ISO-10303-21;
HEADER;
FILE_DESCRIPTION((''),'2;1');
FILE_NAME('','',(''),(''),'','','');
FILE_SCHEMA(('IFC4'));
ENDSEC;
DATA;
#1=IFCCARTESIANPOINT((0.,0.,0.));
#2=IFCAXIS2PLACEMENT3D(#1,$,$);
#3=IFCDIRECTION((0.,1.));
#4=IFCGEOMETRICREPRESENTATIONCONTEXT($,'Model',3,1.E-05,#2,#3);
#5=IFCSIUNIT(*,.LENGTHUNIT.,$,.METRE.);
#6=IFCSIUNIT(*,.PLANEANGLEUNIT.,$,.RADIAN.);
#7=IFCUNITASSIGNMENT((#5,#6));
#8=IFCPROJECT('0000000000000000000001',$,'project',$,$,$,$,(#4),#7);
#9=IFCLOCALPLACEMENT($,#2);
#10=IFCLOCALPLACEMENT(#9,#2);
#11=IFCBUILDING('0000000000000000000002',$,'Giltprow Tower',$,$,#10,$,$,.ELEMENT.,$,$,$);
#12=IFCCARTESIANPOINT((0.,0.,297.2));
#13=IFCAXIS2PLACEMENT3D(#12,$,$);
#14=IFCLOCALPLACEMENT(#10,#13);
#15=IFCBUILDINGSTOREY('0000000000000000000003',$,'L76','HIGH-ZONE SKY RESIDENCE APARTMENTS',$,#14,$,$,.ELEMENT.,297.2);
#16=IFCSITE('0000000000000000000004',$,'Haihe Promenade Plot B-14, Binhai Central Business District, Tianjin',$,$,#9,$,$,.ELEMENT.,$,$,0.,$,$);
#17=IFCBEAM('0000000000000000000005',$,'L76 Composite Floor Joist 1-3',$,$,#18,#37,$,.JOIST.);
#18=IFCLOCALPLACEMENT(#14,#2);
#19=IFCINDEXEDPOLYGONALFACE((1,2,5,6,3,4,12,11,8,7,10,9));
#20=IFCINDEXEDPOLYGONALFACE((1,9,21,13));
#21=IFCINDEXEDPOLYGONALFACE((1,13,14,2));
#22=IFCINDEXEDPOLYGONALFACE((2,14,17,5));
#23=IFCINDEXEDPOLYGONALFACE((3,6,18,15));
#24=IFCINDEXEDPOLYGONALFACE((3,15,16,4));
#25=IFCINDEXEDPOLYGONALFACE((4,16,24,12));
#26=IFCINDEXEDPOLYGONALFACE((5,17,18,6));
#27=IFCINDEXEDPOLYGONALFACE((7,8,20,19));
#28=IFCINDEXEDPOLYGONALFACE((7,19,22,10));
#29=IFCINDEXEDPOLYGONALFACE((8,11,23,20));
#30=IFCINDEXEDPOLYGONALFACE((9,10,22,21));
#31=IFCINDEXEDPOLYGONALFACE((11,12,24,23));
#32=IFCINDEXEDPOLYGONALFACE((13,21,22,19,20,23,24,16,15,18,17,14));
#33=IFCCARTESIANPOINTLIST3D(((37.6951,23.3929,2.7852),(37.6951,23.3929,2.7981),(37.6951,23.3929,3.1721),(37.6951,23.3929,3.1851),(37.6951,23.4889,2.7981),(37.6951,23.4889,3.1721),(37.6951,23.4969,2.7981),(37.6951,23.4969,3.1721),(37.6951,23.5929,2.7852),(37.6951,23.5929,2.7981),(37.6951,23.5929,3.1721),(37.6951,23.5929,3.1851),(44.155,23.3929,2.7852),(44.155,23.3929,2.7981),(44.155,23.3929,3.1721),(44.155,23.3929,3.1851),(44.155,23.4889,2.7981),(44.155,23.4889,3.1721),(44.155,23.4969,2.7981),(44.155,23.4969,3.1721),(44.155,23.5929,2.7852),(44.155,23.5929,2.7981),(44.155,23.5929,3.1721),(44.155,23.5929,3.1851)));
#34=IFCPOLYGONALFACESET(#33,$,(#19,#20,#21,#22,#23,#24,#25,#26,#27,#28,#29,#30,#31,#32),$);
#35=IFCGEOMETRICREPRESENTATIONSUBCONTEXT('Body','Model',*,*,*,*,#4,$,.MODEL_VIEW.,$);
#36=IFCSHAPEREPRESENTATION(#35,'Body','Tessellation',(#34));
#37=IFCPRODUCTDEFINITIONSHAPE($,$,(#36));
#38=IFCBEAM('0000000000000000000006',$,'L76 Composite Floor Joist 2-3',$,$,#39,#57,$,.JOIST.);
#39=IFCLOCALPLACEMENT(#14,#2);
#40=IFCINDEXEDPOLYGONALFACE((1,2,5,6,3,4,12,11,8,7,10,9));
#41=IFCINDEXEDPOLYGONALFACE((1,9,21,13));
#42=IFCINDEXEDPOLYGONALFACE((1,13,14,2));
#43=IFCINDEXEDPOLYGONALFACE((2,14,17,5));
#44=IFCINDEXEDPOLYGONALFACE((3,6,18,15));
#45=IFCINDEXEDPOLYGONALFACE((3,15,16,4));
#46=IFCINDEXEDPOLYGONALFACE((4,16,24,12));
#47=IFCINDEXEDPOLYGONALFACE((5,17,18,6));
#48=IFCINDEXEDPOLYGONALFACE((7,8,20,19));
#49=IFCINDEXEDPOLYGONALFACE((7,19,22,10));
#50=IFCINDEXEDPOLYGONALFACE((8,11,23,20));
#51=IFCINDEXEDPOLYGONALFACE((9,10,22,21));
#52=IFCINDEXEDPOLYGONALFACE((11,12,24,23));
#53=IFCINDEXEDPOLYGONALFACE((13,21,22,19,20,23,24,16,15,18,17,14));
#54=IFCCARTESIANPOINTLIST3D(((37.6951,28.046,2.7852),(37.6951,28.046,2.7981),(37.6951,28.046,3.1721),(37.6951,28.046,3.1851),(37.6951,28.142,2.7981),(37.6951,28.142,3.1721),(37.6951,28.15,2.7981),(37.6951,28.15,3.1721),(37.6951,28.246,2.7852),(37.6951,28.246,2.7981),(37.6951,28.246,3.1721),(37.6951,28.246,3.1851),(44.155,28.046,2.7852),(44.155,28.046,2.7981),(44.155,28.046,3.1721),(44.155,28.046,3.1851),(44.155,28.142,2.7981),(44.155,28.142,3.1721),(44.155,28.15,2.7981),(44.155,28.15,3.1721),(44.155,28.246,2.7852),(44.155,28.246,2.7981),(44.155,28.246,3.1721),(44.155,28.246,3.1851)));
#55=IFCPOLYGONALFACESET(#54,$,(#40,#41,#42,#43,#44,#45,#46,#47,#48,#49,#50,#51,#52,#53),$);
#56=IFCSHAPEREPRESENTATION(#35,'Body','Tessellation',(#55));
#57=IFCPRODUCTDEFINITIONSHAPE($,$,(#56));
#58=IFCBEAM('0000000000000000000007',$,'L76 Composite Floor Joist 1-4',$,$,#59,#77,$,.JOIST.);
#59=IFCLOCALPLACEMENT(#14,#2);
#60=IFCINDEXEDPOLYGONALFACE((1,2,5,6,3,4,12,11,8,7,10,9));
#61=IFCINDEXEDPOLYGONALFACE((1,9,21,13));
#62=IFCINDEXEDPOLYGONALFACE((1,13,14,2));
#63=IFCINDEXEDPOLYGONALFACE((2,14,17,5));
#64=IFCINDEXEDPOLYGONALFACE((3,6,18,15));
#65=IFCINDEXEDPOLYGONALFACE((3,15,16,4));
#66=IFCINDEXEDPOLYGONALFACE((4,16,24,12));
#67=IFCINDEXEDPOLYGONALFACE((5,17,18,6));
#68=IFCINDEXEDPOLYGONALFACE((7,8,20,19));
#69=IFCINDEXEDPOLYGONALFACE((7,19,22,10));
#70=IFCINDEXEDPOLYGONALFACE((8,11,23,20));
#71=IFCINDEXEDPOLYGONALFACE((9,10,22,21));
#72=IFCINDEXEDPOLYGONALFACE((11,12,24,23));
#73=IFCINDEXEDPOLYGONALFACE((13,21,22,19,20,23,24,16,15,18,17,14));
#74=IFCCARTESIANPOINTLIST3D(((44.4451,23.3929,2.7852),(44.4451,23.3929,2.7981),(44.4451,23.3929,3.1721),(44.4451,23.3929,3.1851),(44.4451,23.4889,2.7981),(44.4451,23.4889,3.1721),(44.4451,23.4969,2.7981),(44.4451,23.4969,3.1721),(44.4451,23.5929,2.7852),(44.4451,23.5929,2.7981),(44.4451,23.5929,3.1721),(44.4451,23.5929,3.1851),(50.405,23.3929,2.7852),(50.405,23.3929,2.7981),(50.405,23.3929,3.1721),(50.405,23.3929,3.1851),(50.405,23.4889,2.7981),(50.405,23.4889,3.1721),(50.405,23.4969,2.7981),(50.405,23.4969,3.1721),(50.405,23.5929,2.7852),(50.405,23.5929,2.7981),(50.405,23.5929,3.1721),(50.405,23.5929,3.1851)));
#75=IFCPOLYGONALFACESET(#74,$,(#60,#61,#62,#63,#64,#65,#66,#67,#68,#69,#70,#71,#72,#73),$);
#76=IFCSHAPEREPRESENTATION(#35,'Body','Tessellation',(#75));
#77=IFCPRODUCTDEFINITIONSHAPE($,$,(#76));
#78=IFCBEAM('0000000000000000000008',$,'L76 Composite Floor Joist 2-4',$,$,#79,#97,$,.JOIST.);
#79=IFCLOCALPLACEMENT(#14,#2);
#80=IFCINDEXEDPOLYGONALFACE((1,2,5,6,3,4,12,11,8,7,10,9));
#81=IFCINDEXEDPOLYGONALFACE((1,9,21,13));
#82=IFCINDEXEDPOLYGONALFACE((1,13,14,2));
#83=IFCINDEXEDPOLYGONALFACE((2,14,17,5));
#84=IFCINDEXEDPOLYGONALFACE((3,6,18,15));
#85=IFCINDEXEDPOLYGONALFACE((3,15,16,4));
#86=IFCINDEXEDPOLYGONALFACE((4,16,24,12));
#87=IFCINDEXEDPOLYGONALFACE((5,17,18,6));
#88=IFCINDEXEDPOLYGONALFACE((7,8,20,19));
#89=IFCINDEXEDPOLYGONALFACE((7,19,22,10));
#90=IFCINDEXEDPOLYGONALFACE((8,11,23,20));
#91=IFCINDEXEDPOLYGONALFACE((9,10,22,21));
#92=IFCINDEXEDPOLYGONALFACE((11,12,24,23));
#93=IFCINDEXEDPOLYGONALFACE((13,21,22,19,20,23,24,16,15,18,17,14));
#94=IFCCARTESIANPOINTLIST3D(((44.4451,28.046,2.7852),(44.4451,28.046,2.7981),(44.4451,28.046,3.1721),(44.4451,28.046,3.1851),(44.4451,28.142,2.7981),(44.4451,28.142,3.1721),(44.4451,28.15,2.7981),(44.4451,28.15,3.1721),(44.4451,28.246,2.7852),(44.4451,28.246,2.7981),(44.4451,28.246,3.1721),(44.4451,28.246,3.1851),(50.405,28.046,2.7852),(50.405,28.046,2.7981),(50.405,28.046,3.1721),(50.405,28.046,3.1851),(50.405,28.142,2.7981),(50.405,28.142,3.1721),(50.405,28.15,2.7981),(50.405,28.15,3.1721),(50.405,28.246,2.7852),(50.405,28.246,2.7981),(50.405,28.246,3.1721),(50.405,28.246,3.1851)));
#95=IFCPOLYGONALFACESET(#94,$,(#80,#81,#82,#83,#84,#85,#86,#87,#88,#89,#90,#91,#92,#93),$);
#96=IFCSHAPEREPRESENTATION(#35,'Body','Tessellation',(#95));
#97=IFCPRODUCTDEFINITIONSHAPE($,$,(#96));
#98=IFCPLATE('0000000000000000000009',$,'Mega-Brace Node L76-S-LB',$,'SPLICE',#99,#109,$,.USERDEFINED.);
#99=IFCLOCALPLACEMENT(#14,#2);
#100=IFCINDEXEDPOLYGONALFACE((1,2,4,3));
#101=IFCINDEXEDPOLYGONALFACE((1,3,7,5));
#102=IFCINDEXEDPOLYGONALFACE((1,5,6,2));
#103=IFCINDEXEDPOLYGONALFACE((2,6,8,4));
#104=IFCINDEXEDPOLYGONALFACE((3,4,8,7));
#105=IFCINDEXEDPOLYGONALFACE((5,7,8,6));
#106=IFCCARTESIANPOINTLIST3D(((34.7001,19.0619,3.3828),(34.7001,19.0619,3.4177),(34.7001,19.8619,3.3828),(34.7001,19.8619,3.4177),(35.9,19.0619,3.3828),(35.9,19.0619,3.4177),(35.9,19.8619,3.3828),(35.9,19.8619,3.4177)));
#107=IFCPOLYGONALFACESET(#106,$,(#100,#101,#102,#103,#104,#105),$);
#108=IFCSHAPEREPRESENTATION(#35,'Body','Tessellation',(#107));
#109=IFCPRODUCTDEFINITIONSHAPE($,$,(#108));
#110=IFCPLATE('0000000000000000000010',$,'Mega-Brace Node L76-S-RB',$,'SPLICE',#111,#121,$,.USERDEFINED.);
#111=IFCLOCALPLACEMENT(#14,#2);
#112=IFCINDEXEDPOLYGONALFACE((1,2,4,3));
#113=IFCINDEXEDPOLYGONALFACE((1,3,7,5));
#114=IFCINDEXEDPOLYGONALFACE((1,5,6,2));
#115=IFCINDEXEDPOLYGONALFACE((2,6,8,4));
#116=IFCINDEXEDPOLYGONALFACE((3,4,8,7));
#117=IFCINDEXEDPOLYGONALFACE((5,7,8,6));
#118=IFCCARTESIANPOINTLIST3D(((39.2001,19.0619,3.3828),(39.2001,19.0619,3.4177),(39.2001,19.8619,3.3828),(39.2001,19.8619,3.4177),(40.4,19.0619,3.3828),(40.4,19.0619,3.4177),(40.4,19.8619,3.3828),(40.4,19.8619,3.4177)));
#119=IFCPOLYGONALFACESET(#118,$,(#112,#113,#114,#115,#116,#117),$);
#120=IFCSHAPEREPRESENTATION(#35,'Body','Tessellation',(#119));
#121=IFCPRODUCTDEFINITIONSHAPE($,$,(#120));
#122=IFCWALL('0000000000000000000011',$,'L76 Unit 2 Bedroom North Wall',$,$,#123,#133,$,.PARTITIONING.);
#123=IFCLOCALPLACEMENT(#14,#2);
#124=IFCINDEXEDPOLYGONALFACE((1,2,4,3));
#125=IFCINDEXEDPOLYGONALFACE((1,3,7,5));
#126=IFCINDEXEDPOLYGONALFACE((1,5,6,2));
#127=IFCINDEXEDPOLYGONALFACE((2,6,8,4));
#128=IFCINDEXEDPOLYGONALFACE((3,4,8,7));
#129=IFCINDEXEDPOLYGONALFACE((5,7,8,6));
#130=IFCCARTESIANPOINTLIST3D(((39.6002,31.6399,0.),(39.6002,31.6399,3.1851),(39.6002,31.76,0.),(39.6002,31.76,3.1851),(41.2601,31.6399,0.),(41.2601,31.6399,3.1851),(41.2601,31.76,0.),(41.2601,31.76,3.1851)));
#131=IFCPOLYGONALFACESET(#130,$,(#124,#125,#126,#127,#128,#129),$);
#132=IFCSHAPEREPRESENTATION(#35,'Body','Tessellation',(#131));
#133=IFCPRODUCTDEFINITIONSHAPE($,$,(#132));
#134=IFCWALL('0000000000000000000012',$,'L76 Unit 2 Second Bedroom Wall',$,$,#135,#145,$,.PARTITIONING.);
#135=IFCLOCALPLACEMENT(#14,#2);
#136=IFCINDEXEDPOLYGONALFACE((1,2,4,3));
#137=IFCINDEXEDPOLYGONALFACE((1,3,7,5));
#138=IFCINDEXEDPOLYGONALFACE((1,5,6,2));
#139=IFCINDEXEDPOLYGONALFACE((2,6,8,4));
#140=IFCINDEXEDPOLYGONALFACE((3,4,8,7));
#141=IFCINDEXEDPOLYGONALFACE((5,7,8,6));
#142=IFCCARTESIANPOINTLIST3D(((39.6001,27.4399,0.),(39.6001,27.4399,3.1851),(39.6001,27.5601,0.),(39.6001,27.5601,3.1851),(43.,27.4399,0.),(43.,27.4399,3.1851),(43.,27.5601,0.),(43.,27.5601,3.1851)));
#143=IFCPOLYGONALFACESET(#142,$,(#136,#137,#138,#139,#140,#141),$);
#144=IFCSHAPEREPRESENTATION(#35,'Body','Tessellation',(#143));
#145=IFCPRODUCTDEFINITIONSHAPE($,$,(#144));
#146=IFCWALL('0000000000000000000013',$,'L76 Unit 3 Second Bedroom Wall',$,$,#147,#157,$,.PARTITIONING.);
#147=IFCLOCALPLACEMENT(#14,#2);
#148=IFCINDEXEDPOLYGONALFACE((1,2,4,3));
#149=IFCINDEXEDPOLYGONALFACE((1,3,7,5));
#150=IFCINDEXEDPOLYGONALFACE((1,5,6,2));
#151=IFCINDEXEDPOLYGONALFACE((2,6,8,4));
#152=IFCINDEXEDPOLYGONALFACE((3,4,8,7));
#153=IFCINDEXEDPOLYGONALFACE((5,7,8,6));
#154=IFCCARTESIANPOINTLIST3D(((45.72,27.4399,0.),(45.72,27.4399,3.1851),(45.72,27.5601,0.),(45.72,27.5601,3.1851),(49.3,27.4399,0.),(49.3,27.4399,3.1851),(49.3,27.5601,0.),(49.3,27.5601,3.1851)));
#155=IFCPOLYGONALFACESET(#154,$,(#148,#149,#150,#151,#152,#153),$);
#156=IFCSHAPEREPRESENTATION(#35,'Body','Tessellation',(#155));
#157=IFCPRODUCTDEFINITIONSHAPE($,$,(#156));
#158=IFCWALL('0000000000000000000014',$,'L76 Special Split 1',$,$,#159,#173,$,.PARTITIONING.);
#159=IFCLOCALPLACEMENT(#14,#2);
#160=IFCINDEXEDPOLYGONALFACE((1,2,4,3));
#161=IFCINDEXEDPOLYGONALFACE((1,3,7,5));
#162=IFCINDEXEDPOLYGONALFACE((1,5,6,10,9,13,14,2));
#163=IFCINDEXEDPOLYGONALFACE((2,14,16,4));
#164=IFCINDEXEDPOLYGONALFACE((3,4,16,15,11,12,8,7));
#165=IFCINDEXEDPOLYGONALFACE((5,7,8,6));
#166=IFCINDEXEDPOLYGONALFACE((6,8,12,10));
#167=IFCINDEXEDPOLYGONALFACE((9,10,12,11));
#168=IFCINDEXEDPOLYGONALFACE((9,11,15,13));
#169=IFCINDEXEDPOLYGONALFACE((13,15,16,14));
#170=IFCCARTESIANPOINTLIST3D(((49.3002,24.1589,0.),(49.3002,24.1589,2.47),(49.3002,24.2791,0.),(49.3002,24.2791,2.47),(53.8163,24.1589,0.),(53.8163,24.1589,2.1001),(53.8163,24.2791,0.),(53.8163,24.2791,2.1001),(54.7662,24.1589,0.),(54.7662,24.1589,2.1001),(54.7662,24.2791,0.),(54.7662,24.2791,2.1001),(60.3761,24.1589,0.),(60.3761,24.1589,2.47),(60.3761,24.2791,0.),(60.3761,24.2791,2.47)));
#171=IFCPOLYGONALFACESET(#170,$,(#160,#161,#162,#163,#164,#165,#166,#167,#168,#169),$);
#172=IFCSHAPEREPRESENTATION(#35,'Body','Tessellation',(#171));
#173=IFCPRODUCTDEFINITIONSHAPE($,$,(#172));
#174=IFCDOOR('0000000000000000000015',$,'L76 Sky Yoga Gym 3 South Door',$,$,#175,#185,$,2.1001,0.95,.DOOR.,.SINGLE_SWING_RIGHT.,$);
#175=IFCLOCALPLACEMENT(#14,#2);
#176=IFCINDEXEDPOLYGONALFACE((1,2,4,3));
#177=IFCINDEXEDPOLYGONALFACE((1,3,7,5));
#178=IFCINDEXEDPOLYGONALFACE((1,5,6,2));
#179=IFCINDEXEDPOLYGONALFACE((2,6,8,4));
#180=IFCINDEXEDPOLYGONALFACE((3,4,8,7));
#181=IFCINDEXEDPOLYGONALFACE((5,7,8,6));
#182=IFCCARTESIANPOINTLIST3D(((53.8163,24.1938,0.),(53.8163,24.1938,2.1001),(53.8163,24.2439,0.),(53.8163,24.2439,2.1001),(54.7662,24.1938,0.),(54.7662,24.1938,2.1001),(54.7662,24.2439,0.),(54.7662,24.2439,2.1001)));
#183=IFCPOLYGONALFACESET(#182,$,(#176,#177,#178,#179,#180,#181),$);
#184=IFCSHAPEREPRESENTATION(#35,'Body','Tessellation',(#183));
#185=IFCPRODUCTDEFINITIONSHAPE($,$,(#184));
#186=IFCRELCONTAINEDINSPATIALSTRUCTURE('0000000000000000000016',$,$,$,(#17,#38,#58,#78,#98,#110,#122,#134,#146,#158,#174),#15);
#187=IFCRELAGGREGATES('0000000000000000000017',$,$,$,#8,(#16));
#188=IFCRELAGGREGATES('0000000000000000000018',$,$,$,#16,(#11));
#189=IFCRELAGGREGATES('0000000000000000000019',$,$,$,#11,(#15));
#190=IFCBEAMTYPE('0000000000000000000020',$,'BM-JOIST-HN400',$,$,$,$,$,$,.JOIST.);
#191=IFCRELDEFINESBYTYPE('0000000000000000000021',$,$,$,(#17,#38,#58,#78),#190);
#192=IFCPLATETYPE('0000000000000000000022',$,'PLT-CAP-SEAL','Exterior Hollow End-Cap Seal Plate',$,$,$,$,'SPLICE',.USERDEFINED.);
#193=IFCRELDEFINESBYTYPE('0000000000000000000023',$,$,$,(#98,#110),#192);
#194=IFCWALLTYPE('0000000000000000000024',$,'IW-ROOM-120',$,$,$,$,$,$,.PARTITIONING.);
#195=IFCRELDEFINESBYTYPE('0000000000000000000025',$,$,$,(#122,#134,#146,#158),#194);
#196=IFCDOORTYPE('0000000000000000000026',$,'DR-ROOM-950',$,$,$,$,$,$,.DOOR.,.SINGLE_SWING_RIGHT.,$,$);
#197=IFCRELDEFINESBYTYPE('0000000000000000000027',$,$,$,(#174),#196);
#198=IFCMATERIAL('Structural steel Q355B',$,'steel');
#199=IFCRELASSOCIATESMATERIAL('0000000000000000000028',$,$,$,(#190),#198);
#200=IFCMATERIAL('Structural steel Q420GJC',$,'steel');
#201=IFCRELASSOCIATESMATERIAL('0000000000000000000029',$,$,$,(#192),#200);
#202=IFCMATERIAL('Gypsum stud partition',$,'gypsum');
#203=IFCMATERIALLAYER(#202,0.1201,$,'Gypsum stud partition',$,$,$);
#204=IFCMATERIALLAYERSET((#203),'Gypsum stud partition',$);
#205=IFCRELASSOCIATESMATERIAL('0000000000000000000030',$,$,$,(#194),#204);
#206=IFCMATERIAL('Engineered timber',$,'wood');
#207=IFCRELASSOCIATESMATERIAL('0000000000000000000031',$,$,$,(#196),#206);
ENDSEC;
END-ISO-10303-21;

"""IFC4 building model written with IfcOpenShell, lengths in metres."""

from ifc_helpers import new_model, si_unit, direction, frame, frame_2d, origin, origin_2d, place, context, subcontext, project, spatial, rectangle, i_section, extrude, source, transform, mapped, material, layer, layer_set, material_profile, profile_set, type_object, element, fill, save


model = new_model("IFC4")

# Units and contexts
model_context = context("Model", 3, precision=1e-05, world=origin(), true_north=direction((0.0, 1.0)))
body_context = subcontext(model_context, "Body", "Model", "MODEL_VIEW")
ifc_project = project(units=[si_unit("LENGTHUNIT", "METRE"), si_unit("PLANEANGLEUNIT", "RADIAN")], contexts=[model_context])

# Site, building, storey
site_placement = place(None, origin())
site = spatial("IfcSite", under=ifc_project, at=site_placement, Name="Haihe Promenade Plot B-14, Binhai Central Business District, Tianjin", CompositionType="ELEMENT", RefElevation=0.0)
building_placement = place(site_placement, origin())
building = spatial("IfcBuilding", under=site, at=building_placement, Name="Giltprow Tower", CompositionType="ELEMENT")
storey_placement = place(building_placement, frame((0.0, 0.0, 297.2)))
storey = spatial("IfcBuildingStorey", under=building, at=storey_placement, Name="L76", Description="HIGH-ZONE SKY RESIDENCE APARTMENTS", CompositionType="ELEMENT", Elevation=297.2)

# Beams
ifc_material_1 = material(Name="Structural steel Q355B", Category="steel")
ifc_material_profile = material_profile(ifc_material_1, i_section(OverallWidth=0.2, OverallDepth=0.3999, WebThickness=0.0081, FlangeThickness=0.0129, at=origin_2d()), Name="HN 400x200x8x13")
ifc_profile_set = profile_set([ifc_material_profile], Name="Structural steel Q355B")
beam_type = type_object("IfcBeamType", Name="BM-JOIST-HN400", PredefinedType="JOIST", material=ifc_profile_set)
shared_shape_1 = source(origin(), body_context, "Body", "SweptSolid", [
    extrude(i_section(OverallWidth=0.2, OverallDepth=0.3999, WebThickness=0.0081, FlangeThickness=0.0129, at=origin_2d()), origin(), (0.0, 0.0, 1.0), 6.46),
])
for number, where, z_axis, x_axis, name in (
    (1, (37.6951, 23.4929, 2.9851), (1.0, 0.0, 0.0), (0.0, 1.0, 0.0), "L76 Composite Floor Joist 1-3"),
    (2, (37.6951, 28.146, 2.9851), (1.0, 0.0, 0.0), (0.0, 1.0, 0.0), "L76 Composite Floor Joist 2-3"),
):
    element("IfcBeam", number, at=place(storey_placement, frame(where, z_axis=z_axis, x_axis=x_axis)), inside=storey, type_object=beam_type, Name=name, PredefinedType="JOIST", context=body_context, shape_type="MappedRepresentation", body=[
        mapped(shared_shape_1, transform((0.0, 0.0, 0.0), x_axis=(1.0, 0.0, 0.0), y_axis=(0.0, 1.0, 0.0), z_axis=(0.0, 0.0, 1.0), scale=1.0)),
    ])
shared_shape_2 = source(origin(), body_context, "Body", "SweptSolid", [
    extrude(i_section(OverallWidth=0.2, OverallDepth=0.3999, WebThickness=0.0081, FlangeThickness=0.0129, at=origin_2d()), origin(), (0.0, 0.0, 1.0), 5.96),
])
for number, where, z_axis, x_axis, name in (
    (3, (44.4451, 23.4929, 2.9851), (1.0, 0.0, 0.0), (0.0, 1.0, 0.0), "L76 Composite Floor Joist 1-4"),
    (4, (44.4451, 28.146, 2.9851), (1.0, 0.0, 0.0), (0.0, 1.0, 0.0), "L76 Composite Floor Joist 2-4"),
):
    element("IfcBeam", number, at=place(storey_placement, frame(where, z_axis=z_axis, x_axis=x_axis)), inside=storey, type_object=beam_type, Name=name, PredefinedType="JOIST", context=body_context, shape_type="MappedRepresentation", body=[
        mapped(shared_shape_2, transform((0.0, 0.0, 0.0), x_axis=(1.0, 0.0, 0.0), y_axis=(0.0, 1.0, 0.0), z_axis=(0.0, 0.0, 1.0), scale=1.0)),
    ])

# Plates
ifc_material_2 = material(Name="Structural steel Q420GJC", Category="steel")
plate_type = type_object("IfcPlateType", Name="PLT-CAP-SEAL", Description="Exterior Hollow End-Cap Seal Plate", ElementType="SPLICE", PredefinedType="USERDEFINED", material=ifc_material_2)
shared_shape_3 = source(origin(), body_context, "Body", "SweptSolid", [
    extrude(rectangle(XDim=1.2, YDim=0.8, at=origin_2d()), origin(), (0.0, 0.0, 1.0), 0.0349),
])
for number, where, z_axis, x_axis, name in (
    (5, (35.3, 19.4619, 3.3828), (0.0, 0.0, 1.0), (1.0, 0.0, 0.0), "Mega-Brace Node L76-S-LB"),
    (6, (39.8, 19.4619, 3.3828), (0.0, 0.0, 1.0), (1.0, 0.0, 0.0), "Mega-Brace Node L76-S-RB"),
):
    element("IfcPlate", number, at=place(storey_placement, frame(where, z_axis=z_axis, x_axis=x_axis)), inside=storey, type_object=plate_type, Name=name, ObjectType="SPLICE", PredefinedType="USERDEFINED", context=body_context, shape_type="MappedRepresentation", body=[
        mapped(shared_shape_3, transform((0.0, 0.0, 0.0), x_axis=(1.0, 0.0, 0.0), y_axis=(0.0, 1.0, 0.0), z_axis=(0.0, 0.0, 1.0), scale=1.0)),
    ])

# Walls
ifc_material_3 = material(Name="Gypsum stud partition", Category="gypsum")
ifc_layer_1 = layer(ifc_material_3, 0.1201, Name="Gypsum stud partition")
ifc_layer_set_1 = layer_set([ifc_layer_1], Name="Gypsum stud partition")
wall_type_1 = type_object("IfcWallType", Name="IW-ROOM-120", PredefinedType="PARTITIONING", material=ifc_layer_set_1)
wall_1_placement = place(storey_placement, frame((39.6001, 31.7, 0.0), z_axis=(0.0, 0.0, 1.0), x_axis=(1.0, 0.0, 0.0)))
element("IfcWall", 7, at=wall_1_placement, inside=storey, type_object=wall_type_1, Name="L76 Unit 2 Bedroom North Wall", PredefinedType="PARTITIONING", context=body_context, shape_type="SweptSolid", body=[
    extrude(rectangle(XDim=1.6599, YDim=0.1201, at=frame_2d((0.8301, 0.0))), origin(), (0.0, 0.0, 1.0), 3.1851),
])
wall_2_placement = place(storey_placement, frame((39.6001, 27.5, 0.0), z_axis=(0.0, 0.0, 1.0), x_axis=(1.0, 0.0, 0.0)))
element("IfcWall", 8, at=wall_2_placement, inside=storey, type_object=wall_type_1, Name="L76 Unit 2 Second Bedroom Wall", PredefinedType="PARTITIONING", context=body_context, shape_type="SweptSolid", body=[
    extrude(rectangle(XDim=3.3999, YDim=0.1201, at=frame_2d((1.7, 0.0))), origin(), (0.0, 0.0, 1.0), 3.1851),
])
wall_3_placement = place(storey_placement, frame((45.72, 27.5, 0.0), z_axis=(0.0, 0.0, 1.0), x_axis=(1.0, 0.0, 0.0)))
element("IfcWall", 9, at=wall_3_placement, inside=storey, type_object=wall_type_1, Name="L76 Unit 3 Second Bedroom Wall", PredefinedType="PARTITIONING", context=body_context, shape_type="SweptSolid", body=[
    extrude(rectangle(XDim=3.5801, YDim=0.1201, at=frame_2d((1.79, 0.0))), origin(), (0.0, 0.0, 1.0), 3.1851),
])

# Wall, opening, door
wall_4_placement = place(storey_placement, frame((49.3, 24.219, 0.0), z_axis=(0.0, 0.0, 1.0), x_axis=(1.0, 0.0, 0.0)))
wall_4 = element("IfcWall", 10, at=wall_4_placement, inside=storey, type_object=wall_type_1, Name="L76 Special Split 1", PredefinedType="PARTITIONING", context=body_context, shape_type="SweptSolid", body=[
    extrude(rectangle(XDim=11.0759, YDim=0.1201, at=frame_2d((5.5381, 0.0))), origin(), (0.0, 0.0, 1.0), 2.47),
])
opening_1_placement = place(wall_4_placement, frame((4.5161, 0.0, 0.0)))
opening_1 = element("IfcOpeningElement", 11, at=opening_1_placement, cuts=wall_4, PredefinedType="OPENING", context=body_context, shape_type="SweptSolid", body=[
    extrude(rectangle(XDim=0.95, YDim=2.1001, at=frame_2d((0.4751, 1.05))), frame((0.0, 0.0701, 0.0), z_axis=(0.0, -1.0, 0.0), x_axis=(1.0, 0.0, 0.0)), (0.0, 0.0, 1.0), 0.1401),
])
ifc_material_4 = material(Name="Engineered timber", Category="wood")
door_type_1 = type_object("IfcDoorType", Name="DR-ROOM-950", OperationType="SINGLE_SWING_RIGHT", PredefinedType="DOOR", material=ifc_material_4)
shared_shape_4 = source(origin(), body_context, "Body", "SweptSolid", [
    extrude(rectangle(XDim=0.95, YDim=2.1001, at=frame_2d((0.4751, 1.05))), frame((0.0, 0.0249, 0.0), z_axis=(0.0, -1.0, 0.0), x_axis=(1.0, 0.0, 0.0)), (0.0, 0.0, 1.0), 0.05),
])
door_1_placement = place(opening_1_placement, origin())
door_1 = element("IfcDoor", 12, at=door_1_placement, inside=storey, type_object=door_type_1, Name="L76 Sky Yoga Gym 3 South Door", OperationType="SINGLE_SWING_RIGHT", OverallHeight=2.1001, OverallWidth=0.95, PredefinedType="DOOR", context=body_context, shape_type="MappedRepresentation", body=[
    mapped(shared_shape_4, transform((0.0, 0.0, 0.0), x_axis=(1.0, 0.0, 0.0), y_axis=(0.0, 1.0, 0.0), z_axis=(0.0, 0.0, 1.0), scale=1.0)),
])
fill(opening_1, door_1)

save(model, "model.ifc")
